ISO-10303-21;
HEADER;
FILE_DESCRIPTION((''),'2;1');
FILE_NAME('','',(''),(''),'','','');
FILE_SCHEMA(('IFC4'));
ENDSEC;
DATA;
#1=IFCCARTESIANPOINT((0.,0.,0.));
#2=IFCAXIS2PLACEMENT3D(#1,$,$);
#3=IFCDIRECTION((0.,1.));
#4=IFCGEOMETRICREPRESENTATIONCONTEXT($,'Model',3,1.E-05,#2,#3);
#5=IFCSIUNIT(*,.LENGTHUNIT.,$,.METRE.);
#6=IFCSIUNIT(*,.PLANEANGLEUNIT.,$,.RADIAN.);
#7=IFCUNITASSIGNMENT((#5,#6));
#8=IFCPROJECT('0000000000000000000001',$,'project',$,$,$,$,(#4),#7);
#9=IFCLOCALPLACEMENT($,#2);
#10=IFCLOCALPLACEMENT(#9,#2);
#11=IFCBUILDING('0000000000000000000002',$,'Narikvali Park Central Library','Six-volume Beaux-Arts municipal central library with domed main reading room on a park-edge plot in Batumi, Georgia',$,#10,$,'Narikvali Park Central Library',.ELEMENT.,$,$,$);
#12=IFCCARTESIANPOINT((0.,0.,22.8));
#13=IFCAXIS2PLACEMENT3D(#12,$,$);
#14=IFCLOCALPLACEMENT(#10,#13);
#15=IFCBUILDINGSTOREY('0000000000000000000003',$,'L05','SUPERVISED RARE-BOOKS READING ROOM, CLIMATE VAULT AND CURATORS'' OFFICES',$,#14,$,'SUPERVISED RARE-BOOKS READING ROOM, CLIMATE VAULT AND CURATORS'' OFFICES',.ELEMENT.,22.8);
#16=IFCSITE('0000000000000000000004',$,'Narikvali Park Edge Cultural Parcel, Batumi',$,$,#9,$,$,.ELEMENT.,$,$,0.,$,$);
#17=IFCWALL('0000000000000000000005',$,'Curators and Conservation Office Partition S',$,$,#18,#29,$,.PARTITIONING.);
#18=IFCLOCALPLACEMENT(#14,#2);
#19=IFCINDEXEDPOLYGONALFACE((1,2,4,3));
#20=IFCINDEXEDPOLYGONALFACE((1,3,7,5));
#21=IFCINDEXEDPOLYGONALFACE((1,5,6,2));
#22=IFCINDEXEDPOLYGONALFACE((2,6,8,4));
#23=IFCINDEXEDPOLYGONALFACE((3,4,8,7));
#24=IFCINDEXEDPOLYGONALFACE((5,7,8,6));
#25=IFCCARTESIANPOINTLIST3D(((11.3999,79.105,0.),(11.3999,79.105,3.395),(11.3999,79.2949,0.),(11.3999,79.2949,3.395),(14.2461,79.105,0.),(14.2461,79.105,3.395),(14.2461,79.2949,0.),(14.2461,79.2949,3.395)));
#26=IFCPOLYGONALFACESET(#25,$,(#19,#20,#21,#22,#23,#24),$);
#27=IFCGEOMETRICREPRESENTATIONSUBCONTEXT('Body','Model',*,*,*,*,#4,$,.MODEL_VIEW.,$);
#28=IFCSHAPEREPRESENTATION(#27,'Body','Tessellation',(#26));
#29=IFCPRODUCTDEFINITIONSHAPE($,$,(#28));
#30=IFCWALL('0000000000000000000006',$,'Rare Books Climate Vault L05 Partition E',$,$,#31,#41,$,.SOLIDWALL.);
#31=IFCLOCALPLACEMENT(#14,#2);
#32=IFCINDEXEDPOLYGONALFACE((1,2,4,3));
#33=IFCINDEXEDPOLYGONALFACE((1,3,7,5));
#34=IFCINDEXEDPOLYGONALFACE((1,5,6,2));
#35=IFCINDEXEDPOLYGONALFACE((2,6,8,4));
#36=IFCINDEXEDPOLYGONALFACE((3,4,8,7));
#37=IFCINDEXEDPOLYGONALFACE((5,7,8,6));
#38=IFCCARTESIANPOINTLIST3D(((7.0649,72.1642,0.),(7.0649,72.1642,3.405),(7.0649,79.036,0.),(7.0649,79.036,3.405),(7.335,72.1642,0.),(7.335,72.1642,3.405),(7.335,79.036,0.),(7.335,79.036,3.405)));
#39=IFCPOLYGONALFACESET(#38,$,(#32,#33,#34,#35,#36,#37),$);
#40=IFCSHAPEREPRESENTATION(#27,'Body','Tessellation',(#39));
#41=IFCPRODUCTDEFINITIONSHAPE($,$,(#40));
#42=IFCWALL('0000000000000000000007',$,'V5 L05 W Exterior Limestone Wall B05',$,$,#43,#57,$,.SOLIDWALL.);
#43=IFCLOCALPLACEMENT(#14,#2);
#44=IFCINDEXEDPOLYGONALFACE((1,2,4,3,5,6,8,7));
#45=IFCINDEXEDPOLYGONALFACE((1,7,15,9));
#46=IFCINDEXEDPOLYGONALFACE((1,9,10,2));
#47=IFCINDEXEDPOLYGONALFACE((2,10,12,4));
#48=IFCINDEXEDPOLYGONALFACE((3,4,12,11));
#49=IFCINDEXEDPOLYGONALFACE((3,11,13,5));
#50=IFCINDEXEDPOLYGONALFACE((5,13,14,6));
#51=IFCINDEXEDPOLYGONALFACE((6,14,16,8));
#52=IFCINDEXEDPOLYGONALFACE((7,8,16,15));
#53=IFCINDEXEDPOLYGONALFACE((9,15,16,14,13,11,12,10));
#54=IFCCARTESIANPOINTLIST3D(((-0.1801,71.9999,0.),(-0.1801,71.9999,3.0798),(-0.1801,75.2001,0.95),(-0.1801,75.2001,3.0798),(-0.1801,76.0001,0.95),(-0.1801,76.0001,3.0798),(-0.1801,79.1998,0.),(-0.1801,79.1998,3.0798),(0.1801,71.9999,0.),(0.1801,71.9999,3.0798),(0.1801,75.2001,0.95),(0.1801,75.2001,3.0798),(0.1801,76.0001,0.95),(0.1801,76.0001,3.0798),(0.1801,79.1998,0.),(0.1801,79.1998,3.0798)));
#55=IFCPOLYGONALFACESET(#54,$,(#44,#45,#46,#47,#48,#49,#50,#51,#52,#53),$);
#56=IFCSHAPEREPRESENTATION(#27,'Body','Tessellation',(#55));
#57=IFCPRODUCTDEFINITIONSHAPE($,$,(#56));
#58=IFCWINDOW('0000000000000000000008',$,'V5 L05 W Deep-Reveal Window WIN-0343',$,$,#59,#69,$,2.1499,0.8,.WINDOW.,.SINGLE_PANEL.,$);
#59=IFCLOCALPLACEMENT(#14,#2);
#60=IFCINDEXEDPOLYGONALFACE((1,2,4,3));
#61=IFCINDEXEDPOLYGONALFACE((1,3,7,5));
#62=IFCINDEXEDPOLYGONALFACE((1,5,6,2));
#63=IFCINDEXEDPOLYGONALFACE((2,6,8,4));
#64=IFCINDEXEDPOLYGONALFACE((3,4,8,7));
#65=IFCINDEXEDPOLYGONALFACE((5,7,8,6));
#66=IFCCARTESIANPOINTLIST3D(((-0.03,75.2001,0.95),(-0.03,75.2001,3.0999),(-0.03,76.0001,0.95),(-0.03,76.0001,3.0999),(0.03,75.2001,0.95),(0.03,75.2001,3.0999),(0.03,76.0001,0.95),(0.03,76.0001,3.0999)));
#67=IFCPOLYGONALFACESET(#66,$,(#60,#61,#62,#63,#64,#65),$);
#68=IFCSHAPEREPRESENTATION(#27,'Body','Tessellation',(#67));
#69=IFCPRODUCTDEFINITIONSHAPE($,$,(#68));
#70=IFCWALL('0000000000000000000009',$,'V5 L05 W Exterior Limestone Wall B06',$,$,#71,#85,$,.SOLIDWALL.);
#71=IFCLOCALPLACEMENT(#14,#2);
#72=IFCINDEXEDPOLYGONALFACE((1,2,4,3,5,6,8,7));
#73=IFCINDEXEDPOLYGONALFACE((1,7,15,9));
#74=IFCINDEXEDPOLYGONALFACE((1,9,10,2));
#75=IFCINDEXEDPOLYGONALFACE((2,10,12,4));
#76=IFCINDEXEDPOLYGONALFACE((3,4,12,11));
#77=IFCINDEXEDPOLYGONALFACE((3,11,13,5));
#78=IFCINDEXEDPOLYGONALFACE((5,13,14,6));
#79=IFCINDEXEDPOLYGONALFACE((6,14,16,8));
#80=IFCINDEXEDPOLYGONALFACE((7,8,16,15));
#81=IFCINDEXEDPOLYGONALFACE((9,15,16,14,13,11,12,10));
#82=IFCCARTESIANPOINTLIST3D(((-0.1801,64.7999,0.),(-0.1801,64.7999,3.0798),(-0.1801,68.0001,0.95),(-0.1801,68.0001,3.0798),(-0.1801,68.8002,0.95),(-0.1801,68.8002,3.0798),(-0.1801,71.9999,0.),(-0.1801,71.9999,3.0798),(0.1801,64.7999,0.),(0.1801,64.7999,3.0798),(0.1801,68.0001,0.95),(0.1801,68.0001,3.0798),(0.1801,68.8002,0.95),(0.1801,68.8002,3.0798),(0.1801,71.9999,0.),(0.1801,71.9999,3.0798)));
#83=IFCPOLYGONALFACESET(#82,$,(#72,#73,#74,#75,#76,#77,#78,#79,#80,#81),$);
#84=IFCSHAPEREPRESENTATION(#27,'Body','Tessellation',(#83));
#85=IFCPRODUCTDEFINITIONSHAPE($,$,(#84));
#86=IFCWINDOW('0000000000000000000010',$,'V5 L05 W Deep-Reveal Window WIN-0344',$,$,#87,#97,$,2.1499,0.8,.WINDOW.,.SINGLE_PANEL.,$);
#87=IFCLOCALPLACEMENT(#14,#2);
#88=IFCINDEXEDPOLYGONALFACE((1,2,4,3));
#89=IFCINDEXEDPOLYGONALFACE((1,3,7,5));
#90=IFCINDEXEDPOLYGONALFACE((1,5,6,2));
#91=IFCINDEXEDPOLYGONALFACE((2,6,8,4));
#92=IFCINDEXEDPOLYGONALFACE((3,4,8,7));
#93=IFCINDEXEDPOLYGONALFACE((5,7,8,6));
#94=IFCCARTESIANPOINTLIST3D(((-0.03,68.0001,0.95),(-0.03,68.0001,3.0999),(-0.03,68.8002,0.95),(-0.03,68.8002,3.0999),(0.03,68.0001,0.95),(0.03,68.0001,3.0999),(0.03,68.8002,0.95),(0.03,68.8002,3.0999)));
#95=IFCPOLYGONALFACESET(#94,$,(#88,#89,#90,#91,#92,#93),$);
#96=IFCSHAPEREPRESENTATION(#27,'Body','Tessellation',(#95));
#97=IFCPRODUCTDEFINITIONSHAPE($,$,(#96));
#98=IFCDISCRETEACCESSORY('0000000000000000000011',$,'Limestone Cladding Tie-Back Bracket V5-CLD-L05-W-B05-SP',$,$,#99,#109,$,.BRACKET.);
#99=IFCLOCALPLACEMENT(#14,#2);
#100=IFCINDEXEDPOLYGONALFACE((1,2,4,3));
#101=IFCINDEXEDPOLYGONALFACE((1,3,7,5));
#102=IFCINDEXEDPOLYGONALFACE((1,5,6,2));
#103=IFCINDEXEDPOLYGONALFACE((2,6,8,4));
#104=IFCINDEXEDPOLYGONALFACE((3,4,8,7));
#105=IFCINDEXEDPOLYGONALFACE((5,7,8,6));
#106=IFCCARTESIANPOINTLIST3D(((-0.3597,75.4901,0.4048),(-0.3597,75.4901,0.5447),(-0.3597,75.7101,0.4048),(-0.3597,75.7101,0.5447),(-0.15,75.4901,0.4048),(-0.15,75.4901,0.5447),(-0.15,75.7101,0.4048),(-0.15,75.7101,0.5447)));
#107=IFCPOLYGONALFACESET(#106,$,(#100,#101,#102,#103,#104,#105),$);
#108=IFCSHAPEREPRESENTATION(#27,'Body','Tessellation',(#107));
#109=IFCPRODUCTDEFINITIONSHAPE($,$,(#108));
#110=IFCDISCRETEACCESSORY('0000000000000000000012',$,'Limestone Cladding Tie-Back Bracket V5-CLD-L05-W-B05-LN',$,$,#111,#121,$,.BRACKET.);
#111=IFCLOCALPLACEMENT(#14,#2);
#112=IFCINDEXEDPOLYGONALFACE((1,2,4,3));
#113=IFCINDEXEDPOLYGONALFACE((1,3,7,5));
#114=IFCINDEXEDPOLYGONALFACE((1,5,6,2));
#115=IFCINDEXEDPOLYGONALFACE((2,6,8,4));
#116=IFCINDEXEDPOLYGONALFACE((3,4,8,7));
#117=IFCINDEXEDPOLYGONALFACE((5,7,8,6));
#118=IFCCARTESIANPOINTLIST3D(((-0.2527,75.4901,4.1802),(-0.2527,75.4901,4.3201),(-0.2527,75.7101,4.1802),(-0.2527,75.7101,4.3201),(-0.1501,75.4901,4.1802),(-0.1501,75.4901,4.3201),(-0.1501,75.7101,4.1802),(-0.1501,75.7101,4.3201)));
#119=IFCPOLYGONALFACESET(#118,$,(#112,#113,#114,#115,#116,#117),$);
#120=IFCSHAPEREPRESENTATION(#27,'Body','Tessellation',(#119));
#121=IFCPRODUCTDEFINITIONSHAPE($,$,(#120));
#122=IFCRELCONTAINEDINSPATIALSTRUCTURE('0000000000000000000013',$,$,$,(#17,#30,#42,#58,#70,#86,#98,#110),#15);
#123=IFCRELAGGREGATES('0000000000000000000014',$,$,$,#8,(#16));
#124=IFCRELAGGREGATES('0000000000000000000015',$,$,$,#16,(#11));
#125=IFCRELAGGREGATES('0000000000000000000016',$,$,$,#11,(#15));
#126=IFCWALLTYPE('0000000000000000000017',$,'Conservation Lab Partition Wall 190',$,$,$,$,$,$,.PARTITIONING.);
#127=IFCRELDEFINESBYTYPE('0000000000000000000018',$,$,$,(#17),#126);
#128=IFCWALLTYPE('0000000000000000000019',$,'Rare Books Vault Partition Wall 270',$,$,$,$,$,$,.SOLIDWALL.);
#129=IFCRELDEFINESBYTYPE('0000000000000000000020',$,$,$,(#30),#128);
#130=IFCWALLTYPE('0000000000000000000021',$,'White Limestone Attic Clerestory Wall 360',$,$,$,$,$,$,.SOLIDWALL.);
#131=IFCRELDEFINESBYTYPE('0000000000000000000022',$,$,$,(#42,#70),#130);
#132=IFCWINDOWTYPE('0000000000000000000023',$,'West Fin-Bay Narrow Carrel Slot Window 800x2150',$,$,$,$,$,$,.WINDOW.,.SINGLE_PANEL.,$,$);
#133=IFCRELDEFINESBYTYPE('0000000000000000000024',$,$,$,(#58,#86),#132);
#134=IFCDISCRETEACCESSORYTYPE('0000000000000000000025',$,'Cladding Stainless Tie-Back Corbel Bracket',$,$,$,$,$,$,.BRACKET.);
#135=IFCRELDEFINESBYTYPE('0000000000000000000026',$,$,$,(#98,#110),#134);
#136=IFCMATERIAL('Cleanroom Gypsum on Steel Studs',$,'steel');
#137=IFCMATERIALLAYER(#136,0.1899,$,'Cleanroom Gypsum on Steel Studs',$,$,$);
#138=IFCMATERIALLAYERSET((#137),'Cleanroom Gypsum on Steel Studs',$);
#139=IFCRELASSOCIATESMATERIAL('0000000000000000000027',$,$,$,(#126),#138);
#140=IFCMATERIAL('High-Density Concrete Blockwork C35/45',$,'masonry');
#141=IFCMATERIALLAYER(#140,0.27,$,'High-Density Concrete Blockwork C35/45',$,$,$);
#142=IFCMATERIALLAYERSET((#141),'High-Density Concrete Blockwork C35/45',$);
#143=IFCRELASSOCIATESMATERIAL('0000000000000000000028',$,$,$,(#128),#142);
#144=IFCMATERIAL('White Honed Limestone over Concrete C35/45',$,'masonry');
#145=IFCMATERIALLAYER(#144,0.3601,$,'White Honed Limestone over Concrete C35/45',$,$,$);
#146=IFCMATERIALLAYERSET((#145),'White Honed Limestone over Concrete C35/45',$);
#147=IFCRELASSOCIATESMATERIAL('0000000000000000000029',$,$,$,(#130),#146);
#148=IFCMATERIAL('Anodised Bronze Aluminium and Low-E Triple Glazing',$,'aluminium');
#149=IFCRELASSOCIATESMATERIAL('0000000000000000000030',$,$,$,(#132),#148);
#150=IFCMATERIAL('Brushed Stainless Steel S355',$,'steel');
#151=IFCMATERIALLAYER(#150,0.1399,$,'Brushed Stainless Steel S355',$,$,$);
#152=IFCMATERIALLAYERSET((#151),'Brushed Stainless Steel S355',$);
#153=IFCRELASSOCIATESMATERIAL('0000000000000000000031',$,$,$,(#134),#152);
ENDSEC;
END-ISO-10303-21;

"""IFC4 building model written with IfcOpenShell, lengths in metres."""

from ifc_helpers import new_model, si_unit, direction, frame, frame_2d, origin, origin_2d, place, context, subcontext, project, spatial, rectangle, extrude, material, layer, layer_set, type_object, element, fill, save


model = new_model("IFC4")

# Units and contexts
model_context = context("Model", 3, precision=1e-05, world=origin(), true_north=direction((0.0, 1.0)))
body_context = subcontext(model_context, "Body", "Model", "MODEL_VIEW")
ifc_project = project(units=[si_unit("LENGTHUNIT", "METRE"), si_unit("PLANEANGLEUNIT", "RADIAN")], contexts=[model_context])

# Site, building, storey
site_placement = place(None, origin())
site = spatial("IfcSite", under=ifc_project, at=site_placement, Name="Narikvali Park Edge Cultural Parcel, Batumi", CompositionType="ELEMENT", RefElevation=0.0)
building_placement = place(site_placement, origin())
building = spatial("IfcBuilding", under=site, at=building_placement, Name="Narikvali Park Central Library", Description="Six-volume Beaux-Arts municipal central library with domed main reading room on a park-edge plot in Batumi, Georgia", LongName="Narikvali Park Central Library", CompositionType="ELEMENT")
storey_placement = place(building_placement, frame((0.0, 0.0, 22.8)))
storey = spatial("IfcBuildingStorey", under=building, at=storey_placement, Name="L05", Description="SUPERVISED RARE-BOOKS READING ROOM, CLIMATE VAULT AND CURATORS' OFFICES", LongName="SUPERVISED RARE-BOOKS READING ROOM, CLIMATE VAULT AND CURATORS' OFFICES", CompositionType="ELEMENT", Elevation=22.8)

# Walls
ifc_material_1 = material(Name="Cleanroom Gypsum on Steel Studs", Category="steel")
ifc_layer_1 = layer(ifc_material_1, 0.1899, Name="Cleanroom Gypsum on Steel Studs")
ifc_layer_set_1 = layer_set([ifc_layer_1], Name="Cleanroom Gypsum on Steel Studs")
wall_type_1 = type_object("IfcWallType", Name="Conservation Lab Partition Wall 190", PredefinedType="PARTITIONING", material=ifc_layer_set_1)
wall_1_placement = place(storey_placement, frame((11.3999, 79.2, 0.0), z_axis=(0.0, 0.0, 1.0), x_axis=(1.0, 0.0, 0.0)))
element("IfcWall", 1, at=wall_1_placement, inside=storey, type_object=wall_type_1, Name="Curators and Conservation Office Partition S", PredefinedType="PARTITIONING", context=body_context, shape_type="SweptSolid", body=[
    extrude(rectangle(XDim=2.8462, YDim=0.1899, at=frame_2d((1.4231, 0.0))), origin(), (0.0, 0.0, 1.0), 3.395),
])
ifc_material_2 = material(Name="High-Density Concrete Blockwork C35/45", Category="masonry")
ifc_layer_2 = layer(ifc_material_2, 0.27, Name="High-Density Concrete Blockwork C35/45")
ifc_layer_set_2 = layer_set([ifc_layer_2], Name="High-Density Concrete Blockwork C35/45")
wall_type_2 = type_object("IfcWallType", Name="Rare Books Vault Partition Wall 270", PredefinedType="SOLIDWALL", material=ifc_layer_set_2)
wall_2_placement = place(storey_placement, frame((7.2, 72.1641, 0.0), z_axis=(0.0, 0.0, 1.0), x_axis=(0.0, 1.0, 0.0)))
element("IfcWall", 2, at=wall_2_placement, inside=storey, type_object=wall_type_2, Name="Rare Books Climate Vault L05 Partition E", PredefinedType="SOLIDWALL", context=body_context, shape_type="SweptSolid", body=[
    extrude(rectangle(XDim=6.8718, YDim=0.27, at=frame_2d((3.436, 0.0))), origin(), (0.0, 0.0, 1.0), 3.405),
])

# Walls, openings, windows
ifc_material_3 = material(Name="White Honed Limestone over Concrete C35/45", Category="masonry")
ifc_layer_3 = layer(ifc_material_3, 0.3601, Name="White Honed Limestone over Concrete C35/45")
ifc_layer_set_3 = layer_set([ifc_layer_3], Name="White Honed Limestone over Concrete C35/45")
wall_type_3 = type_object("IfcWallType", Name="White Limestone Attic Clerestory Wall 360", PredefinedType="SOLIDWALL", material=ifc_layer_set_3)
wall_3_placement = place(storey_placement, frame((0.0, 79.2, 0.0), z_axis=(0.0, 0.0, 1.0), x_axis=(0.0, -1.0, 0.0)))
wall_3 = element("IfcWall", 3, at=wall_3_placement, inside=storey, type_object=wall_type_3, Name="V5 L05 W Exterior Limestone Wall B05", PredefinedType="SOLIDWALL", context=body_context, shape_type="SweptSolid", body=[
    extrude(rectangle(XDim=7.2, YDim=0.3601, at=frame_2d((3.6001, 0.0))), origin(), (0.0, 0.0, 1.0), 3.0798),
])
opening_1_placement = place(wall_3_placement, frame((3.2, 0.0, 0.95)))
opening_1 = element("IfcOpeningElement", 4, at=opening_1_placement, cuts=wall_3, PredefinedType="OPENING", context=body_context, shape_type="SweptSolid", body=[
    extrude(rectangle(XDim=0.8, YDim=2.1499, at=frame_2d((0.3999, 1.075))), frame((0.0, 0.1919, 0.0), z_axis=(0.0, -1.0, 0.0), x_axis=(1.0, 0.0, 0.0)), (0.0, 0.0, 1.0), 0.384),
])
ifc_material_4 = material(Name="Anodised Bronze Aluminium and Low-E Triple Glazing", Category="aluminium")
window_type = type_object("IfcWindowType", Name="West Fin-Bay Narrow Carrel Slot Window 800x2150", PartitioningType="SINGLE_PANEL", PredefinedType="WINDOW", material=ifc_material_4)
window_1_placement = place(opening_1_placement, origin())
window_1 = element("IfcWindow", 5, at=window_1_placement, inside=storey, type_object=window_type, Name="V5 L05 W Deep-Reveal Window WIN-0343", OverallHeight=2.1499, OverallWidth=0.8, PartitioningType="SINGLE_PANEL", PredefinedType="WINDOW", context=body_context, shape_type="SweptSolid", body=[
    extrude(rectangle(XDim=0.8, YDim=2.1499, at=frame_2d((0.3999, 1.075))), frame((0.0, 0.03, 0.0), z_axis=(0.0, -1.0, 0.0), x_axis=(1.0, 0.0, 0.0)), (0.0, 0.0, 1.0), 0.0601),
])
fill(opening_1, window_1)
wall_4_placement = place(storey_placement, frame((0.0, 72.0, 0.0), z_axis=(0.0, 0.0, 1.0), x_axis=(0.0, -1.0, 0.0)))
wall_4 = element("IfcWall", 6, at=wall_4_placement, inside=storey, type_object=wall_type_3, Name="V5 L05 W Exterior Limestone Wall B06", PredefinedType="SOLIDWALL", context=body_context, shape_type="SweptSolid", body=[
    extrude(rectangle(XDim=7.2, YDim=0.3601, at=frame_2d((3.6001, 0.0))), origin(), (0.0, 0.0, 1.0), 3.0798),
])
opening_2_placement = place(wall_4_placement, frame((3.2, 0.0, 0.95)))
opening_2 = element("IfcOpeningElement", 7, at=opening_2_placement, cuts=wall_4, PredefinedType="OPENING", context=body_context, shape_type="SweptSolid", body=[
    extrude(rectangle(XDim=0.8, YDim=2.1499, at=frame_2d((0.3999, 1.075))), frame((0.0, 0.1919, 0.0), z_axis=(0.0, -1.0, 0.0), x_axis=(1.0, 0.0, 0.0)), (0.0, 0.0, 1.0), 0.384),
])
window_2_placement = place(opening_2_placement, origin())
window_2 = element("IfcWindow", 8, at=window_2_placement, inside=storey, type_object=window_type, Name="V5 L05 W Deep-Reveal Window WIN-0344", OverallHeight=2.1499, OverallWidth=0.8, PartitioningType="SINGLE_PANEL", PredefinedType="WINDOW", context=body_context, shape_type="SweptSolid", body=[
    extrude(rectangle(XDim=0.8, YDim=2.1499, at=frame_2d((0.3999, 1.075))), frame((0.0, 0.03, 0.0), z_axis=(0.0, -1.0, 0.0), x_axis=(1.0, 0.0, 0.0)), (0.0, 0.0, 1.0), 0.0601),
])
fill(opening_2, window_2)

# Discrete accessories
ifc_material_5 = material(Name="Brushed Stainless Steel S355", Category="steel")
ifc_layer_4 = layer(ifc_material_5, 0.1399, Name="Brushed Stainless Steel S355")
ifc_layer_set_4 = layer_set([ifc_layer_4], Name="Brushed Stainless Steel S355")
discrete_accessory_type = type_object("IfcDiscreteAccessoryType", Name="Cladding Stainless Tie-Back Corbel Bracket", PredefinedType="BRACKET", material=ifc_layer_set_4)
discrete_accessory_1_placement = place(storey_placement, frame((-0.2549, 75.6001, 0.4048), z_axis=(0.0, 0.0, 1.0), x_axis=(1.0, 0.0, 0.0)))
element("IfcDiscreteAccessory", 9, at=discrete_accessory_1_placement, inside=storey, type_object=discrete_accessory_type, Name="Limestone Cladding Tie-Back Bracket V5-CLD-L05-W-B05-SP", PredefinedType="BRACKET", context=body_context, shape_type="SweptSolid", body=[
    extrude(rectangle(XDim=0.2097, YDim=0.22, at=origin_2d()), origin(), (0.0, 0.0, 1.0), 0.1399),
])
discrete_accessory_2_placement = place(storey_placement, frame((-0.2014, 75.6001, 4.1802), z_axis=(0.0, 0.0, 1.0), x_axis=(1.0, 0.0, 0.0)))
element("IfcDiscreteAccessory", 10, at=discrete_accessory_2_placement, inside=storey, type_object=discrete_accessory_type, Name="Limestone Cladding Tie-Back Bracket V5-CLD-L05-W-B05-LN", PredefinedType="BRACKET", context=body_context, shape_type="SweptSolid", body=[
    extrude(rectangle(XDim=0.1025, YDim=0.22, at=origin_2d()), origin(), (0.0, 0.0, 1.0), 0.1399),
])

save(model, "model.ifc")
